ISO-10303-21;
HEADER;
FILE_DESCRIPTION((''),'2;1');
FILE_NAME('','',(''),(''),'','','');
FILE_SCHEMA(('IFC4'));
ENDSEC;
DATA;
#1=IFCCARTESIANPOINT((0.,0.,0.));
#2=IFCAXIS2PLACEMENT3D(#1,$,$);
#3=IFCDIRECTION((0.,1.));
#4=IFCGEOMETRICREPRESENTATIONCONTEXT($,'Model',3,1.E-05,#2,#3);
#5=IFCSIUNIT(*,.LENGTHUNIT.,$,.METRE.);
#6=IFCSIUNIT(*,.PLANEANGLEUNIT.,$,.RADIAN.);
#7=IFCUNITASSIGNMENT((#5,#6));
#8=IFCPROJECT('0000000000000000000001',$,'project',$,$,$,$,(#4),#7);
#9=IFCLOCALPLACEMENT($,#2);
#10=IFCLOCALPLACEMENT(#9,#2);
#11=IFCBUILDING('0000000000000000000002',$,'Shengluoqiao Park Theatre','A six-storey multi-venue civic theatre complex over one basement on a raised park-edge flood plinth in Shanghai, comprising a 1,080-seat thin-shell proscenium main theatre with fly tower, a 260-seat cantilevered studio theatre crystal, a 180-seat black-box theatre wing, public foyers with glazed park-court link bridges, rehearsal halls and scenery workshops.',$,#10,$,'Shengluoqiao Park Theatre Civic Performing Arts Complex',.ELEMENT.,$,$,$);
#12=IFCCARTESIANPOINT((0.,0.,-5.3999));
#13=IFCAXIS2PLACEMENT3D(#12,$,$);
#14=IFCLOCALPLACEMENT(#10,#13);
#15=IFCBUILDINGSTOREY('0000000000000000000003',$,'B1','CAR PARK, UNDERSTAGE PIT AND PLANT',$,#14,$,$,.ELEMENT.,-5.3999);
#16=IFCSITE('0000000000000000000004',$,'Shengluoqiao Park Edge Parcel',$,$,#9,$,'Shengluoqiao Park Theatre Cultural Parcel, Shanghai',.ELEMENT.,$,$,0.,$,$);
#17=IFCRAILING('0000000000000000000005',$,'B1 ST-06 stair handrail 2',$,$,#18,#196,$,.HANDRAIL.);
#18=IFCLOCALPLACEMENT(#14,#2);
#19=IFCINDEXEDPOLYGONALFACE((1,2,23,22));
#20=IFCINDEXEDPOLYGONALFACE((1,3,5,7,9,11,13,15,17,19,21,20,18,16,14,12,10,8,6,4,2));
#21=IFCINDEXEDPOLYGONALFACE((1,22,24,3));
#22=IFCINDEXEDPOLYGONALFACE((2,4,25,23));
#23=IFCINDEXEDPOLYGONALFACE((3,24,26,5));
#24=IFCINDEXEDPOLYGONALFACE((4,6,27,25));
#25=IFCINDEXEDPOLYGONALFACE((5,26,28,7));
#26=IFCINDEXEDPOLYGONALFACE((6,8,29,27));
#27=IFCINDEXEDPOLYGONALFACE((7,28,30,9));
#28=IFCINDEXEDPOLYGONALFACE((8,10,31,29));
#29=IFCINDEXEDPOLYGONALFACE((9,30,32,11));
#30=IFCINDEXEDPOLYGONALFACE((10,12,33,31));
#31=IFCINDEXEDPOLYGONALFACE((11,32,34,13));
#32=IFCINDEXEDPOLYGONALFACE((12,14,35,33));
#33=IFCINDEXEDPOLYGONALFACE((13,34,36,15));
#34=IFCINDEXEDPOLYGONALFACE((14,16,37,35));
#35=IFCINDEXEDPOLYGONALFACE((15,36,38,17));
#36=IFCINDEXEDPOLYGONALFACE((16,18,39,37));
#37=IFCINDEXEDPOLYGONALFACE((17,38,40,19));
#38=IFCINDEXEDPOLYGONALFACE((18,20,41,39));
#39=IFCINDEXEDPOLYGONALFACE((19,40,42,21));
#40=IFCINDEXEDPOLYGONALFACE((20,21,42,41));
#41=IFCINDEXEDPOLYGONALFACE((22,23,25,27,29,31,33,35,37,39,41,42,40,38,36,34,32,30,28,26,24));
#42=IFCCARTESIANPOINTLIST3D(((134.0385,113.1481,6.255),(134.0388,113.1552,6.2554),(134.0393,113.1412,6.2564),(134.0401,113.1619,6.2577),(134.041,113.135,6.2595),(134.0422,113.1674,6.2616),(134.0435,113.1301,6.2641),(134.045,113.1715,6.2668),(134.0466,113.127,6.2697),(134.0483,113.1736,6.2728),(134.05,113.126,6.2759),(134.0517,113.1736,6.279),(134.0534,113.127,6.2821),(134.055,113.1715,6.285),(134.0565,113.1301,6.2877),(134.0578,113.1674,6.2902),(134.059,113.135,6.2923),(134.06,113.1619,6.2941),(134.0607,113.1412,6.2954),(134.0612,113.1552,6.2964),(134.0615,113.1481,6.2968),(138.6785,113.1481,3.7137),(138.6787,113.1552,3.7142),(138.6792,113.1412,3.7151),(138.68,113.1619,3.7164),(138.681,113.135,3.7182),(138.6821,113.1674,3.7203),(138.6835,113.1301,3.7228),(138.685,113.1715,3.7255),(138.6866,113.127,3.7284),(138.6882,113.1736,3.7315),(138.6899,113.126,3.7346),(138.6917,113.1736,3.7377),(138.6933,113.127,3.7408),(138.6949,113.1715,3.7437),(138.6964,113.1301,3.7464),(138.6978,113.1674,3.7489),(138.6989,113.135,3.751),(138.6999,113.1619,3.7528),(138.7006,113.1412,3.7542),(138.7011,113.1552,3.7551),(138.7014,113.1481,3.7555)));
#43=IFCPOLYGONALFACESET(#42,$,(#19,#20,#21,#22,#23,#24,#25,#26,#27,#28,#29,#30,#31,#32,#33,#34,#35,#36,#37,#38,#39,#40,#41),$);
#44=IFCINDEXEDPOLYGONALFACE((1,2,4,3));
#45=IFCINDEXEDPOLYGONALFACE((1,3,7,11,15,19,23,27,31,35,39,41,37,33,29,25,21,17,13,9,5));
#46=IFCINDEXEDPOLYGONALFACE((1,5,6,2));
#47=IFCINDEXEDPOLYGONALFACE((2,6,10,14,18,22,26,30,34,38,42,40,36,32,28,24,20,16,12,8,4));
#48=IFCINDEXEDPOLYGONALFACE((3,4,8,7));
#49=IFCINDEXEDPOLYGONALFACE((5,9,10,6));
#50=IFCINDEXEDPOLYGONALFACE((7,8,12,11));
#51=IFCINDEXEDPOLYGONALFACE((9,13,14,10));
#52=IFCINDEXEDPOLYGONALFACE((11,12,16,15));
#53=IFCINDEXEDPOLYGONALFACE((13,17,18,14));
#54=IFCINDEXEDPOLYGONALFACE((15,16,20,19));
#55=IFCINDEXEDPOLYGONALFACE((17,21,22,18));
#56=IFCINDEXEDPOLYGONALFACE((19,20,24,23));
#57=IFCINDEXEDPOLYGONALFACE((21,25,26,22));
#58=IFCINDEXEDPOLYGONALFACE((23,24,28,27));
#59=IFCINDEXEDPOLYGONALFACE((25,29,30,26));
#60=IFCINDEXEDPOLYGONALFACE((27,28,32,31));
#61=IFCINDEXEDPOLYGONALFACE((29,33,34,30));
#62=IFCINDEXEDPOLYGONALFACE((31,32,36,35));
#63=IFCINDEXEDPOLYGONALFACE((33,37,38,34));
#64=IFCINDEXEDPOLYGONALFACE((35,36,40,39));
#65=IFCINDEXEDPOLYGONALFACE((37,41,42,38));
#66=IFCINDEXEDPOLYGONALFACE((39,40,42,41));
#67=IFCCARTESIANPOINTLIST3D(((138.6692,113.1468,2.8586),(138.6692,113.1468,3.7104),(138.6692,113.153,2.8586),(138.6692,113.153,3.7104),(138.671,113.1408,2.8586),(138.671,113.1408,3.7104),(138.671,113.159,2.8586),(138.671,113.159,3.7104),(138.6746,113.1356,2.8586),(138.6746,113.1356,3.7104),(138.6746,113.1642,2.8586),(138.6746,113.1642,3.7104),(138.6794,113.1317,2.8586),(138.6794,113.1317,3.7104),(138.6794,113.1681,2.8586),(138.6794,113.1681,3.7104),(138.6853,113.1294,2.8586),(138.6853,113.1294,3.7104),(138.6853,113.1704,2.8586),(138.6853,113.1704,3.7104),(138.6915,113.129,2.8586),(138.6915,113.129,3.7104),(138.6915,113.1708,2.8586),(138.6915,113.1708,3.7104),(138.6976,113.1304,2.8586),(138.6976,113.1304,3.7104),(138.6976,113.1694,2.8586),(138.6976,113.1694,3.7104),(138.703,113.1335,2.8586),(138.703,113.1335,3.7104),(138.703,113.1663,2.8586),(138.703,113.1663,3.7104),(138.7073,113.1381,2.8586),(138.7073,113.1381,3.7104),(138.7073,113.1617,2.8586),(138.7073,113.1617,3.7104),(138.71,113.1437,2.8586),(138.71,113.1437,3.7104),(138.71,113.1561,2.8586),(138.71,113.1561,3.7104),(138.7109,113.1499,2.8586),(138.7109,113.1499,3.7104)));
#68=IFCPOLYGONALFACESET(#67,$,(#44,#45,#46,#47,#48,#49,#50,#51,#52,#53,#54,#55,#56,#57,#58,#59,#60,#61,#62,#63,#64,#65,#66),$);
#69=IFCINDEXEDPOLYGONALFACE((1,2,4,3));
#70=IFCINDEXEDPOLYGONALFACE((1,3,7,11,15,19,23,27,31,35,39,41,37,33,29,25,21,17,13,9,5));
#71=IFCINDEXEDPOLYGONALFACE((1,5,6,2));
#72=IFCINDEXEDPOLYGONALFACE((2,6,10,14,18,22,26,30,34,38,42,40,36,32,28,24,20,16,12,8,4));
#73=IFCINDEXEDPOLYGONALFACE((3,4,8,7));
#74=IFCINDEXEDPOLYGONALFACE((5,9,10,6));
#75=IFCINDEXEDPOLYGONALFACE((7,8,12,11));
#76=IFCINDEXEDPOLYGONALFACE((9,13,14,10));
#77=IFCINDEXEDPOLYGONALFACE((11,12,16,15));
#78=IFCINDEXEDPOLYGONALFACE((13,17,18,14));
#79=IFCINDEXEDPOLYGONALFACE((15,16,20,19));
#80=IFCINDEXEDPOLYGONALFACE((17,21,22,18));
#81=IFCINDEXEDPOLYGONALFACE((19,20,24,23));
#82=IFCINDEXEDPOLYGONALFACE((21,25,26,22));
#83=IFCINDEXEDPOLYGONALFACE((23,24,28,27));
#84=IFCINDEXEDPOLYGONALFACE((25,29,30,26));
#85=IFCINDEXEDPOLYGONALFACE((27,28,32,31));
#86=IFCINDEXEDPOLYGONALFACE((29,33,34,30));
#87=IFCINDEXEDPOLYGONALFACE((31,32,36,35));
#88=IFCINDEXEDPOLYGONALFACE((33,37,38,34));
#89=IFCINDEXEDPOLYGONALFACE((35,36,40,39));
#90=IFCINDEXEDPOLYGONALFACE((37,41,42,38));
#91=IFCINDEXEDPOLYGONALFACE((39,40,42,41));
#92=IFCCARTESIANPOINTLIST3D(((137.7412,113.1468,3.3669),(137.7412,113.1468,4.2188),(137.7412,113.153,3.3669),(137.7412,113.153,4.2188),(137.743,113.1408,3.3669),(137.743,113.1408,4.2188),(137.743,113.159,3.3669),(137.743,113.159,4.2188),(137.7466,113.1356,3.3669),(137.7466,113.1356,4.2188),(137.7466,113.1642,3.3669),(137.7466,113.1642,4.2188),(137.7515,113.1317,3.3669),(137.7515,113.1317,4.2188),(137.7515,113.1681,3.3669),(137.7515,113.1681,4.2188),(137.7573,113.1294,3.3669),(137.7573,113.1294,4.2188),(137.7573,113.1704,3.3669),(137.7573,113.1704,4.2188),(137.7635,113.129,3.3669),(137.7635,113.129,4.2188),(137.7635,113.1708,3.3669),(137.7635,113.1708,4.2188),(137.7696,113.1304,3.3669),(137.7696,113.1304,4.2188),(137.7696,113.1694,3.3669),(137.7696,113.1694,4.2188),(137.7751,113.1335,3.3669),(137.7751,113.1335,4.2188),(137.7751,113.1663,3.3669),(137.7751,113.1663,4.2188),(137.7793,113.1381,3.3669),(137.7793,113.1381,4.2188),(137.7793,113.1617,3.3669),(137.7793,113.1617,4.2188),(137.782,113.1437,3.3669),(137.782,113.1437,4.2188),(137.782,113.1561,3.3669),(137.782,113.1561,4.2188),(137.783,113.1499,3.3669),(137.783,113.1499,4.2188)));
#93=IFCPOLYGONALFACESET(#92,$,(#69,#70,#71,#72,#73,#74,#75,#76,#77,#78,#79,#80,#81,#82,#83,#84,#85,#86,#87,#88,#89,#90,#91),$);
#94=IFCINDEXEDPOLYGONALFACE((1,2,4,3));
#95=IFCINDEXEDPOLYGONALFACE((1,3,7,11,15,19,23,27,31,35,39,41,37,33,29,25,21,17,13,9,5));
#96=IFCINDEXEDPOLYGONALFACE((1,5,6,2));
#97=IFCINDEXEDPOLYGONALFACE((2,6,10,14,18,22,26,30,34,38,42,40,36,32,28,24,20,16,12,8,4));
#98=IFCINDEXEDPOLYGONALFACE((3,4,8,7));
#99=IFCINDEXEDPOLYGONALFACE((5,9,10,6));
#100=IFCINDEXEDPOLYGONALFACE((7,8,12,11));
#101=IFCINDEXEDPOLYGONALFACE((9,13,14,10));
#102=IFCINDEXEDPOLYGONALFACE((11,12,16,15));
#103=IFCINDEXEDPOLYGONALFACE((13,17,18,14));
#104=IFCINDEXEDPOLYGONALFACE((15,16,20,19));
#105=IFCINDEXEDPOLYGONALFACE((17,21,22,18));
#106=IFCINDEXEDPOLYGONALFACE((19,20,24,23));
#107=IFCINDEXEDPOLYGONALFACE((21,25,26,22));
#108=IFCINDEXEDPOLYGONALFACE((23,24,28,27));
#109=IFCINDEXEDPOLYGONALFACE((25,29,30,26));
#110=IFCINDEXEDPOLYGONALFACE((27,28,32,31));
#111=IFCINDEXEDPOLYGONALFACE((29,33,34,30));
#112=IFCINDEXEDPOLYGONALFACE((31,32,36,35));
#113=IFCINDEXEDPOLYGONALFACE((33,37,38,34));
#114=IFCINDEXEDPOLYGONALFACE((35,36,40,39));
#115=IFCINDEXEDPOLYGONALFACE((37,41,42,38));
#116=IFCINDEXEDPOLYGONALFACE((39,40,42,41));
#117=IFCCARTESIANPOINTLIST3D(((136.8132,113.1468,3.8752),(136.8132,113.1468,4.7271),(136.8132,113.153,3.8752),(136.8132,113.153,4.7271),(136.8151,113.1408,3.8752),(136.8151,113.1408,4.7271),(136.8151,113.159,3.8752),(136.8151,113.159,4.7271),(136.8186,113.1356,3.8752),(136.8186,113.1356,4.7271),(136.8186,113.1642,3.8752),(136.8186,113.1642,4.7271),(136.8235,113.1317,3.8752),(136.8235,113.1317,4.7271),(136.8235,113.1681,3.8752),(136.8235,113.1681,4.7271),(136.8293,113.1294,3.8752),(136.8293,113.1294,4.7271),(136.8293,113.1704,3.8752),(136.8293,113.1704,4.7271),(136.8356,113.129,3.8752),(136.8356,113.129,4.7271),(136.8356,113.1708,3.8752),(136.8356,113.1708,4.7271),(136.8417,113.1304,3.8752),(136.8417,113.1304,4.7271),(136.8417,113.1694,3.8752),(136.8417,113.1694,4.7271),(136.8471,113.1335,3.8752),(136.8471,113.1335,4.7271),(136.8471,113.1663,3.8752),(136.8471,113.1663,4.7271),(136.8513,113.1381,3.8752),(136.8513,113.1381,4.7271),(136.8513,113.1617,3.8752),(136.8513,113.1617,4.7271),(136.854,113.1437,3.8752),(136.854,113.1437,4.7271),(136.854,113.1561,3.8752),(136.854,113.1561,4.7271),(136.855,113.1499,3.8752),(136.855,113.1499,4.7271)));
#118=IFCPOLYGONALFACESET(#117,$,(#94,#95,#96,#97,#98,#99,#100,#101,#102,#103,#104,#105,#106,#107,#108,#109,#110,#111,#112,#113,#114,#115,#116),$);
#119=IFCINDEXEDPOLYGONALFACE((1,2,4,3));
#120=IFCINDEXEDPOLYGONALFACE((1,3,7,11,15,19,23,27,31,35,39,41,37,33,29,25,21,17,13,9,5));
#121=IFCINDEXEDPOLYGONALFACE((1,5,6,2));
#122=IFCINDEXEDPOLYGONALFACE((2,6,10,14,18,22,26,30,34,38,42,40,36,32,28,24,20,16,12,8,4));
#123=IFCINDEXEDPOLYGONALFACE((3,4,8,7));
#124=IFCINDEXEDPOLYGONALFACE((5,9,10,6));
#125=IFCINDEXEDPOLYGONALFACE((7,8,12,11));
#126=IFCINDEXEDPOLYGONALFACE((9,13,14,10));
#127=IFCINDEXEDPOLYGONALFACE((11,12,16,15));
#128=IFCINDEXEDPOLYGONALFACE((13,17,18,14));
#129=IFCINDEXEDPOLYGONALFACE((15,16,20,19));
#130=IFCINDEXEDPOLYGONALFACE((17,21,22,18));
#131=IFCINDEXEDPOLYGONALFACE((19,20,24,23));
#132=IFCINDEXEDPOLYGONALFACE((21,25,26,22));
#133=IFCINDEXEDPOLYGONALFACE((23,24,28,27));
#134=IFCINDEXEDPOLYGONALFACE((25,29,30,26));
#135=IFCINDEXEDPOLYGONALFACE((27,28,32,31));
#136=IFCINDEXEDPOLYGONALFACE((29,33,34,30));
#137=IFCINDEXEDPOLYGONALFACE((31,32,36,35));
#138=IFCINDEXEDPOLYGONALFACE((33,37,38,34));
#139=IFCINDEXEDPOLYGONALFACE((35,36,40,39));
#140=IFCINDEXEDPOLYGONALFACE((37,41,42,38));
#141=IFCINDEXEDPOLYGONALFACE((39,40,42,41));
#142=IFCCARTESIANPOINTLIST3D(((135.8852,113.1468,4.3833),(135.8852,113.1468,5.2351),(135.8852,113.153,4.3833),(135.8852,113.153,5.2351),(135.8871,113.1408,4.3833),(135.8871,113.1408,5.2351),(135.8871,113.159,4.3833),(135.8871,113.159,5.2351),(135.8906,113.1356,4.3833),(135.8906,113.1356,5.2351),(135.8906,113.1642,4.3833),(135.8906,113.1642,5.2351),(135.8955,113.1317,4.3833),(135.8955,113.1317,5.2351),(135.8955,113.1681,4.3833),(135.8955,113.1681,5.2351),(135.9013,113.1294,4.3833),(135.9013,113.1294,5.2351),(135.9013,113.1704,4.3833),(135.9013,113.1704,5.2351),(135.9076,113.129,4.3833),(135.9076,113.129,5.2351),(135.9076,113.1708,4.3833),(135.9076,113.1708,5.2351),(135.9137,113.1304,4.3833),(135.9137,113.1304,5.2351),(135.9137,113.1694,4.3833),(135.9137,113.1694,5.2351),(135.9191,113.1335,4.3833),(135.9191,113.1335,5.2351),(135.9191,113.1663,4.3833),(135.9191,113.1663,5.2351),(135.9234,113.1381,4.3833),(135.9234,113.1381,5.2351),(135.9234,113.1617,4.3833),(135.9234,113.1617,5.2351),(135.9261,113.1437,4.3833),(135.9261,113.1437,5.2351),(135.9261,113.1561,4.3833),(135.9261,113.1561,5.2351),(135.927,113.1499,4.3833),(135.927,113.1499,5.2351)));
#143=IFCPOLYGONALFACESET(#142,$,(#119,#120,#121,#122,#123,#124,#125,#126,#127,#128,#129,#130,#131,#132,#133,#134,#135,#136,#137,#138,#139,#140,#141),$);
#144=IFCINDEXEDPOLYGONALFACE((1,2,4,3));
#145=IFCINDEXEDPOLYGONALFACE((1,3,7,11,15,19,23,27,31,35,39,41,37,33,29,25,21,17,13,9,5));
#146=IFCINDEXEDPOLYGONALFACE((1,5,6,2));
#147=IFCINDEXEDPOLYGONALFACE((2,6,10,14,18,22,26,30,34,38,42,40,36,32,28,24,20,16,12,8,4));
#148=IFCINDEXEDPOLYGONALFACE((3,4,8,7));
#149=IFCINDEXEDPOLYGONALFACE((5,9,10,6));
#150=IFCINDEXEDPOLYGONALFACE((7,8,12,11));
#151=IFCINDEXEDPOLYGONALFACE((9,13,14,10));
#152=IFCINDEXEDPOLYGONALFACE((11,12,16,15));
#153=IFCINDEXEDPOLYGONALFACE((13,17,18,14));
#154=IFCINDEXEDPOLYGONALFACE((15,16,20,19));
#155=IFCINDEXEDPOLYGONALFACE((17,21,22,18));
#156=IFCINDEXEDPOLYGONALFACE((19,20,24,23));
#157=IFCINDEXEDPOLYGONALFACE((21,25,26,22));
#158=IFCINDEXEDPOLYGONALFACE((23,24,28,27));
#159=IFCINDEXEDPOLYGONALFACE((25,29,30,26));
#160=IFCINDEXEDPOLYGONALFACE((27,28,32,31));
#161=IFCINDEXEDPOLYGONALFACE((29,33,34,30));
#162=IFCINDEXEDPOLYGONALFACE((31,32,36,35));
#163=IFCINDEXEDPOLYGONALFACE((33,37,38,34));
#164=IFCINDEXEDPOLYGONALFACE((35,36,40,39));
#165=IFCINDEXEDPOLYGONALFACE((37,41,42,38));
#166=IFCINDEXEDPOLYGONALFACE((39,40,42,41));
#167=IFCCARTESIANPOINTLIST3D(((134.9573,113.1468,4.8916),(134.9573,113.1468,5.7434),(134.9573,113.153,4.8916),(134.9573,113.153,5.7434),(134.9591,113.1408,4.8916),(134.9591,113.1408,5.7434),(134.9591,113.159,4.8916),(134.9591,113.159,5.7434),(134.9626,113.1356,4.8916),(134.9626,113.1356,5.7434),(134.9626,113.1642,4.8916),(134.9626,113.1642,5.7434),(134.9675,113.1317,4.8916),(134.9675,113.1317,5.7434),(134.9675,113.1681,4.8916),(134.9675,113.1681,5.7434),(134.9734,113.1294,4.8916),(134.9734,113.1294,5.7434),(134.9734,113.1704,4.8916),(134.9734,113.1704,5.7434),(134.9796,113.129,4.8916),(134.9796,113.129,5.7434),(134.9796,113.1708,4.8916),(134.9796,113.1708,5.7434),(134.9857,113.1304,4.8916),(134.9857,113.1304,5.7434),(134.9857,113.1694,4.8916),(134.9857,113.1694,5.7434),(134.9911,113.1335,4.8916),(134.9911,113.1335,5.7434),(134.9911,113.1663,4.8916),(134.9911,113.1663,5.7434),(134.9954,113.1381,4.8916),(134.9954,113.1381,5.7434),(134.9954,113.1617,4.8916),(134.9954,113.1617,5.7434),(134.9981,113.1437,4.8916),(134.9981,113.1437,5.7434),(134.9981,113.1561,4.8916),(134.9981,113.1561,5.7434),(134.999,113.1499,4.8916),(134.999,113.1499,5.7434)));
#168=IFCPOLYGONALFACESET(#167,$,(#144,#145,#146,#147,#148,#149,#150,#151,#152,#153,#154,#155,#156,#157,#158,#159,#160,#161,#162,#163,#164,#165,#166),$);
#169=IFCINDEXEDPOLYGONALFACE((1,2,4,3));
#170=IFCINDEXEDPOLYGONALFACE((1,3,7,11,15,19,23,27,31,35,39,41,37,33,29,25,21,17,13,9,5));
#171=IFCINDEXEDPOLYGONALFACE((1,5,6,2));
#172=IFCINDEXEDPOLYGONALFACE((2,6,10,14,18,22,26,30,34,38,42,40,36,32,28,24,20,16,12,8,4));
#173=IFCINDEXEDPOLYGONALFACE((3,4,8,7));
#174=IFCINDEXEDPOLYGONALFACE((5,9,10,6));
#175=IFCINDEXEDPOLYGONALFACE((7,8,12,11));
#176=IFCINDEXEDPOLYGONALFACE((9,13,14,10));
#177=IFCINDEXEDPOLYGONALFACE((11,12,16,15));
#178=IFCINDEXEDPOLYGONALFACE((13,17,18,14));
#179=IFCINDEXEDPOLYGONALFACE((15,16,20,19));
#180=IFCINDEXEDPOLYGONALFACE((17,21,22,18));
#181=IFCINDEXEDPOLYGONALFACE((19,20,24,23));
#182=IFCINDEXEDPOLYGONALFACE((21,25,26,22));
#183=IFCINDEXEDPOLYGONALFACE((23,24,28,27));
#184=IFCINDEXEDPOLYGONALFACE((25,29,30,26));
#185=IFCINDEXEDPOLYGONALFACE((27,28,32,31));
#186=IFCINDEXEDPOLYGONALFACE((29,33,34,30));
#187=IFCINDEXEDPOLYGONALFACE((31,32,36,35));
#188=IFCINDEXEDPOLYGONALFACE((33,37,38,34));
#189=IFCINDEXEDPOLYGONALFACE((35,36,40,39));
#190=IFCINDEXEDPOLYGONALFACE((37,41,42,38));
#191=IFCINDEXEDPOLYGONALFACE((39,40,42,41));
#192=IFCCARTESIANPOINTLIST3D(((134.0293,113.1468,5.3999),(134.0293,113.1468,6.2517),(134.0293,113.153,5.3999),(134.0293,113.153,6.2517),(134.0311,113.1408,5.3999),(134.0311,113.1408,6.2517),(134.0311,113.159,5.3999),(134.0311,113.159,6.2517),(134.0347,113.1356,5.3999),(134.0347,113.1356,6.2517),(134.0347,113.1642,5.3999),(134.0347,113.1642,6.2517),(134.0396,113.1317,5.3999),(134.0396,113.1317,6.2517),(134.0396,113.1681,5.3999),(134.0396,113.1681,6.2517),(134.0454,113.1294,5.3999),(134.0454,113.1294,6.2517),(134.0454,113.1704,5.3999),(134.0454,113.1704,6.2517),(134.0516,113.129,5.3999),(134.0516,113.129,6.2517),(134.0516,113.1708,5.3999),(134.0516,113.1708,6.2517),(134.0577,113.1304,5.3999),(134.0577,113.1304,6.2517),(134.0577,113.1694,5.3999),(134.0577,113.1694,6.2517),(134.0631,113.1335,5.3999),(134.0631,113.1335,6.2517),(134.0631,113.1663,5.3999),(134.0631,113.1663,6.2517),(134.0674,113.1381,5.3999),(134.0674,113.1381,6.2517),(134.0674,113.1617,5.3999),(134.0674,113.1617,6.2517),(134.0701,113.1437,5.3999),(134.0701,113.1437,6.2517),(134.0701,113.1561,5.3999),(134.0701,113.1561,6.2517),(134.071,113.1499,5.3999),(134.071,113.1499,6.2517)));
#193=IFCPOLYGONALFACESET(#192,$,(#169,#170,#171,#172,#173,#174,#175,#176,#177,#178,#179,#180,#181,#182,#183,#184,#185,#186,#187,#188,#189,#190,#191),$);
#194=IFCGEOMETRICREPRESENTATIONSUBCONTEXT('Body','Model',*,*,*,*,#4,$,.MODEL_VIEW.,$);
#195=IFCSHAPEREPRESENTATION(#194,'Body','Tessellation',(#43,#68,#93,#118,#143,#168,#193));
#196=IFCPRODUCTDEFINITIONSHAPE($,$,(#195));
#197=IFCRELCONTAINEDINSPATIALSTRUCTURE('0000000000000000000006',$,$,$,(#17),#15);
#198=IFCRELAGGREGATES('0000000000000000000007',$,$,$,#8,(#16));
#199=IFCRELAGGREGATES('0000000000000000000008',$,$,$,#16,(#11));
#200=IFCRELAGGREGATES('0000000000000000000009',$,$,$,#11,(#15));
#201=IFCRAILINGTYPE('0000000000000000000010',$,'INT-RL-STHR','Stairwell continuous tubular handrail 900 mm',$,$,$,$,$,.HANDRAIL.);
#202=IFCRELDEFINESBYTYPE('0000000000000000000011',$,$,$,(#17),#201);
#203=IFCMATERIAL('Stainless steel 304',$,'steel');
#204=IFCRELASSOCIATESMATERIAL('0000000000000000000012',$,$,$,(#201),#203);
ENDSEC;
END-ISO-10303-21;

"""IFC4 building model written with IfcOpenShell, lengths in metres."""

from ifc_helpers import new_model, si_unit, direction, frame, origin, origin_2d, place, context, subcontext, project, spatial, circle, extrude, material, type_object, element, save


model = new_model("IFC4")

# Units and contexts
model_context = context("Model", 3, precision=1e-05, world=origin(), true_north=direction((0.0, 1.0)))
body_context = subcontext(model_context, "Body", "Model", "MODEL_VIEW")
ifc_project = project(units=[si_unit("LENGTHUNIT", "METRE"), si_unit("PLANEANGLEUNIT", "RADIAN")], contexts=[model_context])

# Site, building, storey
site_placement = place(None, origin())
site = spatial("IfcSite", under=ifc_project, at=site_placement, Name="Shengluoqiao Park Edge Parcel", LongName="Shengluoqiao Park Theatre Cultural Parcel, Shanghai", CompositionType="ELEMENT", RefElevation=0.0)
building_placement = place(site_placement, origin())
building = spatial("IfcBuilding", under=site, at=building_placement, Name="Shengluoqiao Park Theatre", Description="A six-storey multi-venue civic theatre complex over one basement on a raised park-edge flood plinth in Shanghai, comprising a 1,080-seat thin-shell proscenium main theatre with fly tower, a 260-seat cantilevered studio theatre crystal, a 180-seat black-box theatre wing, public foyers with glazed park-court link bridges, rehearsal halls and scenery workshops.", LongName="Shengluoqiao Park Theatre Civic Performing Arts Complex", CompositionType="ELEMENT")
storey_placement = place(building_placement, frame((0.0, 0.0, -5.3999)))
storey = spatial("IfcBuildingStorey", under=building, at=storey_placement, Name="B1", Description="CAR PARK, UNDERSTAGE PIT AND PLANT", CompositionType="ELEMENT", Elevation=-5.3999)

# Railing
ifc_material_1 = material(Name="Stainless steel 304", Category="steel")
railing_type_1 = type_object("IfcRailingType", Name="INT-RL-STHR", Description="Stairwell continuous tubular handrail 900 mm", PredefinedType="HANDRAIL", material=ifc_material_1)
railing_1_placement = place(storey_placement, frame((138.6899, 113.1499, 2.8586)))
element("IfcRailing", 1, at=railing_1_placement, inside=storey, type_object=railing_type_1, Name="B1 ST-06 stair handrail 2", PredefinedType="HANDRAIL", context=body_context, shape_type="SweptSolid", body=[
    extrude(circle(Radius=0.0239, at=origin_2d()), frame((0.0, 0.0, 0.876), z_axis=(-0.877067, 0.0, 0.480368), x_axis=(0.0, -1.0, 0.0)), (0.0, 0.0, 1.0), 5.2903),
    extrude(circle(Radius=0.021, at=origin_2d()), origin(), (0.0, 0.0, 1.0), 0.8518),
    extrude(circle(Radius=0.021, at=origin_2d()), frame((-0.928, 0.0, 0.5083)), (0.0, 0.0, 1.0), 0.8518),
    extrude(circle(Radius=0.021, at=origin_2d()), frame((-1.856, 0.0, 1.0166)), (0.0, 0.0, 1.0), 0.8518),
    extrude(circle(Radius=0.021, at=origin_2d()), frame((-2.7839, 0.0, 1.5247)), (0.0, 0.0, 1.0), 0.8518),
    extrude(circle(Radius=0.021, at=origin_2d()), frame((-3.7119, 0.0, 2.033)), (0.0, 0.0, 1.0), 0.8518),
    extrude(circle(Radius=0.021, at=origin_2d()), frame((-4.6399, 0.0, 2.5413)), (0.0, 0.0, 1.0), 0.8518),
])

save(model, "model.ifc")
